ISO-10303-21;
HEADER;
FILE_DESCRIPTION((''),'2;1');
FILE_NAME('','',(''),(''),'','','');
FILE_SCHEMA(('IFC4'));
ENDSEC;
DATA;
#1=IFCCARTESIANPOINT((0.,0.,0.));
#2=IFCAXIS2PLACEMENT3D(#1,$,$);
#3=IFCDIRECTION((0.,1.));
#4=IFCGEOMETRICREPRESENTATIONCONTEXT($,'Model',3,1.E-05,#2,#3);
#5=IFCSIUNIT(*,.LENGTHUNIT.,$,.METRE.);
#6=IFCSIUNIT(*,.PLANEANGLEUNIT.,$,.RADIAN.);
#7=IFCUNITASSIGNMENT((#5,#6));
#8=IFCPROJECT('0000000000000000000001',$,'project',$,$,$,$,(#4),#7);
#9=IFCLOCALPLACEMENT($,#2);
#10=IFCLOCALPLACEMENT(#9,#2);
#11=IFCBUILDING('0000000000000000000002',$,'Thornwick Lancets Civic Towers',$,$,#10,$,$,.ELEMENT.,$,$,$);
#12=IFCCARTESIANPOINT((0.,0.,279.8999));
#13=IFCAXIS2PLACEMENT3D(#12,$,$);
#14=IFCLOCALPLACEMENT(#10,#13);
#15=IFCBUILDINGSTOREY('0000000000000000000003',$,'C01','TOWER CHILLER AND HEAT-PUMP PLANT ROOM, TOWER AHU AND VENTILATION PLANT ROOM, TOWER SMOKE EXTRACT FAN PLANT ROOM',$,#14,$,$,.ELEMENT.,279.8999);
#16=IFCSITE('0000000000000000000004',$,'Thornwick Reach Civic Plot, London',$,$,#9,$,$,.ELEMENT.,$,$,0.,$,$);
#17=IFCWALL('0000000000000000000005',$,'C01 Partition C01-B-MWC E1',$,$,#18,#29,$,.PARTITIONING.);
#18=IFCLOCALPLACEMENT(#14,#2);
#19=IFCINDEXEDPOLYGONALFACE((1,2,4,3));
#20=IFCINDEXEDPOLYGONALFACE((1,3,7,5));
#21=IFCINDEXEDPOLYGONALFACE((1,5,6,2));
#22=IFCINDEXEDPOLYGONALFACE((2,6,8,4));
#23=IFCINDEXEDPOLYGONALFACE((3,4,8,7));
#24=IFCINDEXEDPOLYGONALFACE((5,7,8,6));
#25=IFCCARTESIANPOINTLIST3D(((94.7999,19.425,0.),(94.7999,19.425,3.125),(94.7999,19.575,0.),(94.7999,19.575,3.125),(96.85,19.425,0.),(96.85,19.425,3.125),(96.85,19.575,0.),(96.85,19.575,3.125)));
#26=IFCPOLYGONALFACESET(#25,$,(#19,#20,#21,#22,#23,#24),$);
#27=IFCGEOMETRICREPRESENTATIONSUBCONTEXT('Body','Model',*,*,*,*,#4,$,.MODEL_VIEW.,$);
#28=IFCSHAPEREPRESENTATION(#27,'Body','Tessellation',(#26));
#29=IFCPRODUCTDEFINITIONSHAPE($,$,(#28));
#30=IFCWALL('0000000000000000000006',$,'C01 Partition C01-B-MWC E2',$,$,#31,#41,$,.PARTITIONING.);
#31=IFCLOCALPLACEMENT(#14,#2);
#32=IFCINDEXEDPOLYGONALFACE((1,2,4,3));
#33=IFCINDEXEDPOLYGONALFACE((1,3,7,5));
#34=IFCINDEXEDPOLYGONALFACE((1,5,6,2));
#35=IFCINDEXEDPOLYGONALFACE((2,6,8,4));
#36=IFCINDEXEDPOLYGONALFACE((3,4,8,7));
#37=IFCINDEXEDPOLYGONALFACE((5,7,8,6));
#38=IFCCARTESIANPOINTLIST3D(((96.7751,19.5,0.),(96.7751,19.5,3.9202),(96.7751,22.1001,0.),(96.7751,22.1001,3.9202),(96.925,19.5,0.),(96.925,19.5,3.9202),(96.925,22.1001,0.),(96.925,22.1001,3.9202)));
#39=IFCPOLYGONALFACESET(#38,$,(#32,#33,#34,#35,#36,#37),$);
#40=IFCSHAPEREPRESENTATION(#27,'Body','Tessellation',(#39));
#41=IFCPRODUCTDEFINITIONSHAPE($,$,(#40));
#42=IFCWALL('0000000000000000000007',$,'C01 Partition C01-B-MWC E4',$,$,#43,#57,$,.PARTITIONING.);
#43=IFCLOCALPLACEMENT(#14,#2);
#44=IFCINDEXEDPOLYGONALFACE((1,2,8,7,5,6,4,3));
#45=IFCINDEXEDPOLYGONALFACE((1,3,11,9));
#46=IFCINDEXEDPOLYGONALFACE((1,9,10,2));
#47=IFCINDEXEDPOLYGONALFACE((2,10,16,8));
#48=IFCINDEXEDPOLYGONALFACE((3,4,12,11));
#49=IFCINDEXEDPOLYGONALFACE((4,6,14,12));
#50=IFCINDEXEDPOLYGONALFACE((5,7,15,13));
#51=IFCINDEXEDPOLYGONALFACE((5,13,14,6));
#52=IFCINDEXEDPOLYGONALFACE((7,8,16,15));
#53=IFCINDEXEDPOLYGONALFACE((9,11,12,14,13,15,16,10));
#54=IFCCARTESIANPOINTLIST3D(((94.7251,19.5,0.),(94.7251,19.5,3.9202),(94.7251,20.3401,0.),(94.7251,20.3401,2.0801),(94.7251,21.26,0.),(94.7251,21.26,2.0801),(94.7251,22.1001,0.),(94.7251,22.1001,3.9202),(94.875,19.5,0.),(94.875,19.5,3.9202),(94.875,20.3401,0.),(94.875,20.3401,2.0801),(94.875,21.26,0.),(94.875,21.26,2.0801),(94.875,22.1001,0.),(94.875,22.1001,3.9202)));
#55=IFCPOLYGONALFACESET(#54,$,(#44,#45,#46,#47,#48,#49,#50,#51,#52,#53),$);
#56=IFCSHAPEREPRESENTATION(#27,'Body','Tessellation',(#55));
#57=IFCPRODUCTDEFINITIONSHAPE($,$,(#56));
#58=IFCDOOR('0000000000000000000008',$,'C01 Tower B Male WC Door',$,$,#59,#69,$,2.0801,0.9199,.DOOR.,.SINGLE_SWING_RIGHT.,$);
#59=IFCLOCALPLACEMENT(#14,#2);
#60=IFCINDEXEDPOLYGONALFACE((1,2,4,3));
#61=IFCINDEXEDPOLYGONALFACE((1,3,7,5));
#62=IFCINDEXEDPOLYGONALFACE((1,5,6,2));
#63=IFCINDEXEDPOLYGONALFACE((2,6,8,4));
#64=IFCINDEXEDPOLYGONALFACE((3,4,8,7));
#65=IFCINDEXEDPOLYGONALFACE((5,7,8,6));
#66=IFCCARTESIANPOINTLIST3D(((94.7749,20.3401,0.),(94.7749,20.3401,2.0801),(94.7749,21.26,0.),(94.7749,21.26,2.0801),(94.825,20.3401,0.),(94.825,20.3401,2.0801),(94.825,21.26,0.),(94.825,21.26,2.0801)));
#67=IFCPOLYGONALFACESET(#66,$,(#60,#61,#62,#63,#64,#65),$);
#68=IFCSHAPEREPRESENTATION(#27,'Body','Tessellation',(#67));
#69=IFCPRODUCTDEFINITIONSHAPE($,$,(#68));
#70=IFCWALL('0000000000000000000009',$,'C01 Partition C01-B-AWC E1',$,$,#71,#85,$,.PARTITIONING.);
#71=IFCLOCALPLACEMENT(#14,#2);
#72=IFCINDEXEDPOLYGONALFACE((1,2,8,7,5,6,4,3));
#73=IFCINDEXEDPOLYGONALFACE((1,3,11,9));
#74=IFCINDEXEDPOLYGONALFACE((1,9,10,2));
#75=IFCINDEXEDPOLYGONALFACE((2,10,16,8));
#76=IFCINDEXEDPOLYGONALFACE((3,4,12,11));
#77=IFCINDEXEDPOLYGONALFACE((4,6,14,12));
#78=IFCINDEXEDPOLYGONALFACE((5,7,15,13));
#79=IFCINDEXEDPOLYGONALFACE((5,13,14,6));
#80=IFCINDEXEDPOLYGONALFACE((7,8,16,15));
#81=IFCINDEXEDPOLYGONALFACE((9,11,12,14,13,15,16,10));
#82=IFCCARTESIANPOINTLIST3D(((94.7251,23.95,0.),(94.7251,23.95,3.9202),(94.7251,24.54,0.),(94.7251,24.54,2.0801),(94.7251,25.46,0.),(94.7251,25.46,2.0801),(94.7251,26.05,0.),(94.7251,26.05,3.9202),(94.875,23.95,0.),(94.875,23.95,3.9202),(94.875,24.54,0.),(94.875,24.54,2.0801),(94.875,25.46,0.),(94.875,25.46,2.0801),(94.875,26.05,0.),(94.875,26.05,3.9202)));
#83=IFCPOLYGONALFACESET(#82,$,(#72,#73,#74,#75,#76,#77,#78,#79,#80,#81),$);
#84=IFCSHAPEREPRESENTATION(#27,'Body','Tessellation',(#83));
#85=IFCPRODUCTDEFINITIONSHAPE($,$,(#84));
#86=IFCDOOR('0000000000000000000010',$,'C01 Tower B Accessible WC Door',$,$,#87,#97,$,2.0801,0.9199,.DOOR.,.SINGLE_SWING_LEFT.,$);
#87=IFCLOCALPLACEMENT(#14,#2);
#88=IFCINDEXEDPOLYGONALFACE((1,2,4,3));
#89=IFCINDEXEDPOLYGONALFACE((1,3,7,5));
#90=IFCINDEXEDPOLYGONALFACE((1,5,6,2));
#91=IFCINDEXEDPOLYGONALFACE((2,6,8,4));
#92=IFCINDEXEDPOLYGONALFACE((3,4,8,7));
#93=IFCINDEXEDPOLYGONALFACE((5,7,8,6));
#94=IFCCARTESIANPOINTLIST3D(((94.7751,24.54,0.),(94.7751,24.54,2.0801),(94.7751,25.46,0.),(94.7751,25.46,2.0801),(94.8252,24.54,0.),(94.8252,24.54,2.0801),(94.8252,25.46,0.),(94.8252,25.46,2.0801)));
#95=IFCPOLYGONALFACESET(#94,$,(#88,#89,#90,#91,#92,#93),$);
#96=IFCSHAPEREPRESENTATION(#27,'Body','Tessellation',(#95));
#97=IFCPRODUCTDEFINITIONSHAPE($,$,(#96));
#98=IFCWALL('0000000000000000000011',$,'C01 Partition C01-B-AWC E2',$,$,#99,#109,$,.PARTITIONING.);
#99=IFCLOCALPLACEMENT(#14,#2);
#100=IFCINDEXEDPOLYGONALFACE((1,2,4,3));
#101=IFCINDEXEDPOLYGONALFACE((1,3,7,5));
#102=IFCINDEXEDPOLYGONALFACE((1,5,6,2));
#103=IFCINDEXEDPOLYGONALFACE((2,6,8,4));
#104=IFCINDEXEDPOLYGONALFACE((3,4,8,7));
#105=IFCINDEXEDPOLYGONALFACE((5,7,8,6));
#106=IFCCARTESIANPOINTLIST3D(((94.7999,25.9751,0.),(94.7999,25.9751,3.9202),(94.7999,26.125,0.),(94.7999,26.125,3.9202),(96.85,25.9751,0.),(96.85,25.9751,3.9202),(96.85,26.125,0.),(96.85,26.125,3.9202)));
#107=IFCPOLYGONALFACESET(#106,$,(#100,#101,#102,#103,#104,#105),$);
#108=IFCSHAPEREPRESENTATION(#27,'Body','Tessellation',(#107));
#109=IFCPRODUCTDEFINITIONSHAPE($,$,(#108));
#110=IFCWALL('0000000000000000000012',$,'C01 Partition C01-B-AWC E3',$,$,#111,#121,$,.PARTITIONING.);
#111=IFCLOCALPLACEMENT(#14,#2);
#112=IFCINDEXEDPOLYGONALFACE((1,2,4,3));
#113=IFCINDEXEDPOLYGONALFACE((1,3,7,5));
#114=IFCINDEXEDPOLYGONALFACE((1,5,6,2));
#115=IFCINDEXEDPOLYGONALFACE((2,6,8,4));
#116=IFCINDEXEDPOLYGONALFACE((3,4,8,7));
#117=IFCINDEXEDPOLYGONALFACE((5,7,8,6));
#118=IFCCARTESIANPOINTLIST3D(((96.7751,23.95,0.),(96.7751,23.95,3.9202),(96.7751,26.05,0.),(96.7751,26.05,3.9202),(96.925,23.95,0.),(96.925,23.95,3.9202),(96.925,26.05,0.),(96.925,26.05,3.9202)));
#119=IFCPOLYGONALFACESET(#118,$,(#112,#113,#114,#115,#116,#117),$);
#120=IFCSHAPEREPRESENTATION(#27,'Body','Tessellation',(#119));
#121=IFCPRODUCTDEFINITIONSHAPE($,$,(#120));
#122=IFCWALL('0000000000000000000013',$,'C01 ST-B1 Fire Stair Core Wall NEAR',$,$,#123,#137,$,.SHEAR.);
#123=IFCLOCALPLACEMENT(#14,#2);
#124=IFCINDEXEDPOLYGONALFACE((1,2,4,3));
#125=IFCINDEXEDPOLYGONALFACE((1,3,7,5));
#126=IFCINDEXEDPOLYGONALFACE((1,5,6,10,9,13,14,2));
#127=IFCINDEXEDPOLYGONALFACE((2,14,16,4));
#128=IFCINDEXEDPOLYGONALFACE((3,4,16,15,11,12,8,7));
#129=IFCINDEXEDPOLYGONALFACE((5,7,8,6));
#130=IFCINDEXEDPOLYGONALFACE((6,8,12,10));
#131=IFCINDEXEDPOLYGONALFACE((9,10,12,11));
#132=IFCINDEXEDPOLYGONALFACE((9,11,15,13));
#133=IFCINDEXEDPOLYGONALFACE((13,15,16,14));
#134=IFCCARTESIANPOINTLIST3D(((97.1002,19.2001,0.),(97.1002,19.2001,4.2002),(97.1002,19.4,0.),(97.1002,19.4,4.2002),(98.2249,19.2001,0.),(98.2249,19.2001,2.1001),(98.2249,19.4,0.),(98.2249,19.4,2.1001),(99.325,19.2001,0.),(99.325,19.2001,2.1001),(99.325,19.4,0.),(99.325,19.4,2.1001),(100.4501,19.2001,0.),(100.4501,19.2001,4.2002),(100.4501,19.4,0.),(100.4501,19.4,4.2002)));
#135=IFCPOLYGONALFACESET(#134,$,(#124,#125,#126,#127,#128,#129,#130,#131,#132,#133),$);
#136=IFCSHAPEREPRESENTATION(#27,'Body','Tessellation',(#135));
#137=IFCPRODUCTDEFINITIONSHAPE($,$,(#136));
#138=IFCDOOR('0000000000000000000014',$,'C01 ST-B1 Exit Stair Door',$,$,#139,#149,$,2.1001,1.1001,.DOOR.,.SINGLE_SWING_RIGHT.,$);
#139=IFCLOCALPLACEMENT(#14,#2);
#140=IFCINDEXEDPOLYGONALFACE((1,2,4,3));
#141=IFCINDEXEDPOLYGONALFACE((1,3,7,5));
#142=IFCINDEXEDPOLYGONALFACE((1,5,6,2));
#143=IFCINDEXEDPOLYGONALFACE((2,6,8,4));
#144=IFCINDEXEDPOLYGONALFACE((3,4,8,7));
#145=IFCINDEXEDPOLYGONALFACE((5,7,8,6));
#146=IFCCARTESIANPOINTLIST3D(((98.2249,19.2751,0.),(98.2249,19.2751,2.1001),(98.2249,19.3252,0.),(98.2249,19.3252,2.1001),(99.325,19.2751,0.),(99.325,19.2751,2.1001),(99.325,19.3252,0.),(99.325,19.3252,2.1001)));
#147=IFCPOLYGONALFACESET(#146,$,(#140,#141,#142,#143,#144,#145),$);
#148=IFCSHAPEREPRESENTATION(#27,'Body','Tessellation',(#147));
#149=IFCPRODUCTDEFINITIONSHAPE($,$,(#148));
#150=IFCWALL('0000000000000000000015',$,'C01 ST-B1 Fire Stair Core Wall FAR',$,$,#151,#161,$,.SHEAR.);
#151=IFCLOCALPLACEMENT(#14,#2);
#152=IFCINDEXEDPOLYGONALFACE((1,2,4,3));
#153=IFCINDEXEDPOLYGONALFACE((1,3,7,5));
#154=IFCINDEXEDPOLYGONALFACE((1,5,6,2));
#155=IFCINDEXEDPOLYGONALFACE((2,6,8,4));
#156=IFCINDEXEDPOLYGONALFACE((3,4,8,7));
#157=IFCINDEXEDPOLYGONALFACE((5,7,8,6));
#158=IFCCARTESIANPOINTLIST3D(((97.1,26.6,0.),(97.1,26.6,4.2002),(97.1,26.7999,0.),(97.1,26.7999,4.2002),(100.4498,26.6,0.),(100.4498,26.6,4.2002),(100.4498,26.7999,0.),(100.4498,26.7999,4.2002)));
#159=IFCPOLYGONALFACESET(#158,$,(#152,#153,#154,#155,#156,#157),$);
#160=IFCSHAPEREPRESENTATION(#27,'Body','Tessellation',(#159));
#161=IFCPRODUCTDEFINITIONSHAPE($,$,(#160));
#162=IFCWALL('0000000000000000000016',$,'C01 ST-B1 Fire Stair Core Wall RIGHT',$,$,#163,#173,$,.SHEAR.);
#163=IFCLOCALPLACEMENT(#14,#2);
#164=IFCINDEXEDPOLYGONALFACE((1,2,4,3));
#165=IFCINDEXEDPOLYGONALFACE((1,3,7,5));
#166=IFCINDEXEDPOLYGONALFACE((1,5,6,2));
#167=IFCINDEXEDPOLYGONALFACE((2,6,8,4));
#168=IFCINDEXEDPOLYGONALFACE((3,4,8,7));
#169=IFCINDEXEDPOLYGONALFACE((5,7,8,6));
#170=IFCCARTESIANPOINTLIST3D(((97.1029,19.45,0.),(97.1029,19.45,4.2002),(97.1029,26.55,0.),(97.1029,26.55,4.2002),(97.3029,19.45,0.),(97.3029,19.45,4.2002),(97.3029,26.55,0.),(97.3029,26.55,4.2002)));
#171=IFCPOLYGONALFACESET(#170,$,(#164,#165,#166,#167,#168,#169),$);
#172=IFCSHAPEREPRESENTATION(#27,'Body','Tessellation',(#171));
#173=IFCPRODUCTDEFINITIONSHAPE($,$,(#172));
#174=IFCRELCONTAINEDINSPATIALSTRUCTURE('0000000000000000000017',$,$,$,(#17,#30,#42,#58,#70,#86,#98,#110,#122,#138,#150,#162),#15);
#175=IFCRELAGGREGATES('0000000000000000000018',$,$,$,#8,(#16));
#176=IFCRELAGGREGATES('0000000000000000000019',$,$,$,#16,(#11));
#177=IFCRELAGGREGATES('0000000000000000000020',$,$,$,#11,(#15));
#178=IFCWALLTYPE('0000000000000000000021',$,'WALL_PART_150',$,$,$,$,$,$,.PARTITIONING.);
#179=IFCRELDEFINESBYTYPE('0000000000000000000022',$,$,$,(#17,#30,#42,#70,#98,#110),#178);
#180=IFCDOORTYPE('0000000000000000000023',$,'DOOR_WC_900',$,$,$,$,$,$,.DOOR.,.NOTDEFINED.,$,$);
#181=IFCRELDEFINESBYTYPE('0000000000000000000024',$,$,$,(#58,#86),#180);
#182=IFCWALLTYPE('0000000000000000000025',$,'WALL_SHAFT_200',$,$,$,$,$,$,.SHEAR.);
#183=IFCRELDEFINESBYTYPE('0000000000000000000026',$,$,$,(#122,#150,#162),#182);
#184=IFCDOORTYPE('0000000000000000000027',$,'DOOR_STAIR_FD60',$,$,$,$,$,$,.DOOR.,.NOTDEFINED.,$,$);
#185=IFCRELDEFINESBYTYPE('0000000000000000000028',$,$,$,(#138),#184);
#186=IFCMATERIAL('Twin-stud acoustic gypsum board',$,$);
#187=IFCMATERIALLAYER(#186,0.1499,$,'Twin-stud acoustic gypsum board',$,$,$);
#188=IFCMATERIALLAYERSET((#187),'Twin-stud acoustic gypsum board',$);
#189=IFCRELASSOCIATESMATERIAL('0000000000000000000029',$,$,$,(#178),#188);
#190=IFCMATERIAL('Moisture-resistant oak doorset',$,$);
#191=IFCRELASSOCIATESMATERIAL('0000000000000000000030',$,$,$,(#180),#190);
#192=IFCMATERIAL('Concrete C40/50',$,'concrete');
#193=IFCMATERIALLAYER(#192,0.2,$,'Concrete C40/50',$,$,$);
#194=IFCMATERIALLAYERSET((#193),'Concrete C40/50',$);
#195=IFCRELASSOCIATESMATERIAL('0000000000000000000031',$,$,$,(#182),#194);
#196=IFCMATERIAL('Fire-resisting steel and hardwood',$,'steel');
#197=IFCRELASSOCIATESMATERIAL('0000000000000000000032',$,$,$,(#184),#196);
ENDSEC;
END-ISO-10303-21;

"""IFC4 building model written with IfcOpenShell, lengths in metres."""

from ifc_helpers import new_model, si_unit, direction, frame, frame_2d, origin, place, context, subcontext, project, spatial, rectangle, extrude, material, layer, layer_set, type_object, element, fill, save


model = new_model("IFC4")

# Units and contexts
model_context = context("Model", 3, precision=1e-05, world=origin(), true_north=direction((0.0, 1.0)))
body_context = subcontext(model_context, "Body", "Model", "MODEL_VIEW")
ifc_project = project(units=[si_unit("LENGTHUNIT", "METRE"), si_unit("PLANEANGLEUNIT", "RADIAN")], contexts=[model_context])

# Site, building, storey
site_placement = place(None, origin())
site = spatial("IfcSite", under=ifc_project, at=site_placement, Name="Thornwick Reach Civic Plot, London", CompositionType="ELEMENT", RefElevation=0.0)
building_placement = place(site_placement, origin())
building = spatial("IfcBuilding", under=site, at=building_placement, Name="Thornwick Lancets Civic Towers", CompositionType="ELEMENT")
storey_placement = place(building_placement, frame((0.0, 0.0, 279.8999)))
storey = spatial("IfcBuildingStorey", under=building, at=storey_placement, Name="C01", Description="TOWER CHILLER AND HEAT-PUMP PLANT ROOM, TOWER AHU AND VENTILATION PLANT ROOM, TOWER SMOKE EXTRACT FAN PLANT ROOM", CompositionType="ELEMENT", Elevation=279.8999)

# Walls
ifc_material_1 = material(Name="Twin-stud acoustic gypsum board")
ifc_layer_1 = layer(ifc_material_1, 0.1499, Name="Twin-stud acoustic gypsum board")
ifc_layer_set_1 = layer_set([ifc_layer_1], Name="Twin-stud acoustic gypsum board")
wall_type_1 = type_object("IfcWallType", Name="WALL_PART_150", PredefinedType="PARTITIONING", material=ifc_layer_set_1)
wall_1_placement = place(storey_placement, frame((94.8, 19.5, 0.0), z_axis=(0.0, 0.0, 1.0), x_axis=(1.0, 0.0, 0.0)))
element("IfcWall", 1, at=wall_1_placement, inside=storey, type_object=wall_type_1, Name="C01 Partition C01-B-MWC E1", PredefinedType="PARTITIONING", context=body_context, shape_type="SweptSolid", body=[
    extrude(rectangle(XDim=2.05, YDim=0.1499, at=frame_2d((1.0249, 0.0))), origin(), (0.0, 0.0, 1.0), 3.125),
])
wall_2_placement = place(storey_placement, frame((96.8501, 19.5, 0.0), z_axis=(0.0, 0.0, 1.0), x_axis=(0.0, 1.0, 0.0)))
element("IfcWall", 2, at=wall_2_placement, inside=storey, type_object=wall_type_1, Name="C01 Partition C01-B-MWC E2", PredefinedType="PARTITIONING", context=body_context, shape_type="SweptSolid", body=[
    extrude(rectangle(XDim=2.6001, YDim=0.1499, at=frame_2d((1.3, 0.0))), origin(), (0.0, 0.0, 1.0), 3.9202),
])

# Walls, openings, doors
wall_3_placement = place(storey_placement, frame((94.8, 22.1001, 0.0), z_axis=(0.0, 0.0, 1.0), x_axis=(0.0, -1.0, 0.0)))
wall_3 = element("IfcWall", 3, at=wall_3_placement, inside=storey, type_object=wall_type_1, Name="C01 Partition C01-B-MWC E4", PredefinedType="PARTITIONING", context=body_context, shape_type="SweptSolid", body=[
    extrude(rectangle(XDim=2.6001, YDim=0.1499, at=frame_2d((1.3, 0.0))), origin(), (0.0, 0.0, 1.0), 3.9202),
])
opening_1_placement = place(wall_3_placement, frame((0.8401, 0.0, 0.0)))
opening_1 = element("IfcOpeningElement", 4, at=opening_1_placement, cuts=wall_3, PredefinedType="OPENING", context=body_context, shape_type="SweptSolid", body=[
    extrude(rectangle(XDim=0.9199, YDim=2.0801, at=frame_2d((0.46, 1.04))), frame((0.0, 0.085, 0.0), z_axis=(0.0, -1.0, 0.0), x_axis=(1.0, 0.0, 0.0)), (0.0, 0.0, 1.0), 0.1699),
])
ifc_material_2 = material(Name="Moisture-resistant oak doorset")
door_type_1 = type_object("IfcDoorType", Name="DOOR_WC_900", OperationType="NOTDEFINED", PredefinedType="DOOR", material=ifc_material_2)
door_1_placement = place(opening_1_placement, origin())
door_1 = element("IfcDoor", 5, at=door_1_placement, inside=storey, type_object=door_type_1, Name="C01 Tower B Male WC Door", OperationType="SINGLE_SWING_RIGHT", OverallHeight=2.0801, OverallWidth=0.9199, PredefinedType="DOOR", context=body_context, shape_type="SweptSolid", body=[
    extrude(rectangle(XDim=0.9199, YDim=2.0801, at=frame_2d((0.46, 1.04))), frame((0.0, 0.0249, 0.0), z_axis=(0.0, -1.0, 0.0), x_axis=(1.0, 0.0, 0.0)), (0.0, 0.0, 1.0), 0.05),
])
fill(opening_1, door_1)
wall_4_placement = place(storey_placement, frame((94.8, 23.95, 0.0), z_axis=(0.0, 0.0, 1.0), x_axis=(0.0, 1.0, 0.0)))
wall_4 = element("IfcWall", 6, at=wall_4_placement, inside=storey, type_object=wall_type_1, Name="C01 Partition C01-B-AWC E1", PredefinedType="PARTITIONING", context=body_context, shape_type="SweptSolid", body=[
    extrude(rectangle(XDim=2.1001, YDim=0.1499, at=frame_2d((1.05, 0.0))), origin(), (0.0, 0.0, 1.0), 3.9202),
])
opening_2_placement = place(wall_4_placement, frame((0.5901, 0.0, 0.0)))
opening_2 = element("IfcOpeningElement", 7, at=opening_2_placement, cuts=wall_4, PredefinedType="OPENING", context=body_context, shape_type="SweptSolid", body=[
    extrude(rectangle(XDim=0.9199, YDim=2.0801, at=frame_2d((0.46, 1.04))), frame((0.0, 0.085, 0.0), z_axis=(0.0, -1.0, 0.0), x_axis=(1.0, 0.0, 0.0)), (0.0, 0.0, 1.0), 0.1699),
])
door_2_placement = place(opening_2_placement, origin())
door_2 = element("IfcDoor", 8, at=door_2_placement, inside=storey, type_object=door_type_1, Name="C01 Tower B Accessible WC Door", OperationType="SINGLE_SWING_LEFT", OverallHeight=2.0801, OverallWidth=0.9199, PredefinedType="DOOR", context=body_context, shape_type="SweptSolid", body=[
    extrude(rectangle(XDim=0.9199, YDim=2.0801, at=frame_2d((0.46, 1.04))), frame((0.0, 0.0249, 0.0), z_axis=(0.0, -1.0, 0.0), x_axis=(1.0, 0.0, 0.0)), (0.0, 0.0, 1.0), 0.05),
])
fill(opening_2, door_2)

# Walls
wall_5_placement = place(storey_placement, frame((94.8, 26.05, 0.0), z_axis=(0.0, 0.0, 1.0), x_axis=(1.0, 0.0, 0.0)))
element("IfcWall", 9, at=wall_5_placement, inside=storey, type_object=wall_type_1, Name="C01 Partition C01-B-AWC E2", PredefinedType="PARTITIONING", context=body_context, shape_type="SweptSolid", body=[
    extrude(rectangle(XDim=2.05, YDim=0.1499, at=frame_2d((1.0249, 0.0))), origin(), (0.0, 0.0, 1.0), 3.9202),
])
wall_6_placement = place(storey_placement, frame((96.8501, 26.05, 0.0), z_axis=(0.0, 0.0, 1.0), x_axis=(0.0, -1.0, 0.0)))
element("IfcWall", 10, at=wall_6_placement, inside=storey, type_object=wall_type_1, Name="C01 Partition C01-B-AWC E3", PredefinedType="PARTITIONING", context=body_context, shape_type="SweptSolid", body=[
    extrude(rectangle(XDim=2.1001, YDim=0.1499, at=frame_2d((1.05, 0.0))), origin(), (0.0, 0.0, 1.0), 3.9202),
])

# Wall, opening, door
ifc_material_3 = material(Name="Concrete C40/50", Category="concrete")
ifc_layer_2 = layer(ifc_material_3, 0.2, Name="Concrete C40/50")
ifc_layer_set_2 = layer_set([ifc_layer_2], Name="Concrete C40/50")
wall_type_2 = type_object("IfcWallType", Name="WALL_SHAFT_200", PredefinedType="SHEAR", material=ifc_layer_set_2)
wall_7_placement = place(storey_placement, frame((100.45, 19.3, 0.0), z_axis=(0.0, 0.0, 1.0), x_axis=(-1.0, 0.0, 0.0)))
wall_7 = element("IfcWall", 11, at=wall_7_placement, inside=storey, type_object=wall_type_2, Name="C01 ST-B1 Fire Stair Core Wall NEAR", PredefinedType="SHEAR", context=body_context, shape_type="SweptSolid", body=[
    extrude(rectangle(XDim=3.3499, YDim=0.2, at=frame_2d((1.6748, 0.0))), origin(), (0.0, 0.0, 1.0), 4.2002),
])
opening_3_placement = place(wall_7_placement, frame((1.125, 0.0, 0.0)))
opening_3 = element("IfcOpeningElement", 12, at=opening_3_placement, cuts=wall_7, PredefinedType="OPENING", context=body_context, shape_type="SweptSolid", body=[
    extrude(rectangle(XDim=1.1001, YDim=2.1001, at=frame_2d((0.55, 1.05))), frame((0.0, 0.1099, 0.0), z_axis=(0.0, -1.0, 0.0), x_axis=(1.0, 0.0, 0.0)), (0.0, 0.0, 1.0), 0.22),
])
ifc_material_4 = material(Name="Fire-resisting steel and hardwood", Category="steel")
door_type_2 = type_object("IfcDoorType", Name="DOOR_STAIR_FD60", OperationType="NOTDEFINED", PredefinedType="DOOR", material=ifc_material_4)
door_3_placement = place(opening_3_placement, origin())
door_3 = element("IfcDoor", 13, at=door_3_placement, inside=storey, type_object=door_type_2, Name="C01 ST-B1 Exit Stair Door", OperationType="SINGLE_SWING_RIGHT", OverallHeight=2.1001, OverallWidth=1.1001, PredefinedType="DOOR", context=body_context, shape_type="SweptSolid", body=[
    extrude(rectangle(XDim=1.1001, YDim=2.1001, at=frame_2d((0.55, 1.05))), frame((0.0, 0.0249, 0.0), z_axis=(0.0, -1.0, 0.0), x_axis=(1.0, 0.0, 0.0)), (0.0, 0.0, 1.0), 0.05),
])
fill(opening_3, door_3)

# Walls
wall_8_placement = place(storey_placement, frame((97.1001, 26.7, 0.0), z_axis=(0.0, 0.0, 1.0), x_axis=(1.0, 0.0, 0.0)))
element("IfcWall", 14, at=wall_8_placement, inside=storey, type_object=wall_type_2, Name="C01 ST-B1 Fire Stair Core Wall FAR", PredefinedType="SHEAR", context=body_context, shape_type="SweptSolid", body=[
    extrude(rectangle(XDim=3.3499, YDim=0.2, at=frame_2d((1.6748, 0.0))), origin(), (0.0, 0.0, 1.0), 4.2002),
])
wall_9_placement = place(storey_placement, frame((97.2029, 26.55, 0.0), z_axis=(0.0, 0.0, 1.0), x_axis=(0.0, -1.0, 0.0)))
element("IfcWall", 15, at=wall_9_placement, inside=storey, type_object=wall_type_2, Name="C01 ST-B1 Fire Stair Core Wall RIGHT", PredefinedType="SHEAR", context=body_context, shape_type="SweptSolid", body=[
    extrude(rectangle(XDim=7.1001, YDim=0.2, at=frame_2d((3.55, 0.0))), origin(), (0.0, 0.0, 1.0), 4.2002),
])

save(model, "model.ifc")
